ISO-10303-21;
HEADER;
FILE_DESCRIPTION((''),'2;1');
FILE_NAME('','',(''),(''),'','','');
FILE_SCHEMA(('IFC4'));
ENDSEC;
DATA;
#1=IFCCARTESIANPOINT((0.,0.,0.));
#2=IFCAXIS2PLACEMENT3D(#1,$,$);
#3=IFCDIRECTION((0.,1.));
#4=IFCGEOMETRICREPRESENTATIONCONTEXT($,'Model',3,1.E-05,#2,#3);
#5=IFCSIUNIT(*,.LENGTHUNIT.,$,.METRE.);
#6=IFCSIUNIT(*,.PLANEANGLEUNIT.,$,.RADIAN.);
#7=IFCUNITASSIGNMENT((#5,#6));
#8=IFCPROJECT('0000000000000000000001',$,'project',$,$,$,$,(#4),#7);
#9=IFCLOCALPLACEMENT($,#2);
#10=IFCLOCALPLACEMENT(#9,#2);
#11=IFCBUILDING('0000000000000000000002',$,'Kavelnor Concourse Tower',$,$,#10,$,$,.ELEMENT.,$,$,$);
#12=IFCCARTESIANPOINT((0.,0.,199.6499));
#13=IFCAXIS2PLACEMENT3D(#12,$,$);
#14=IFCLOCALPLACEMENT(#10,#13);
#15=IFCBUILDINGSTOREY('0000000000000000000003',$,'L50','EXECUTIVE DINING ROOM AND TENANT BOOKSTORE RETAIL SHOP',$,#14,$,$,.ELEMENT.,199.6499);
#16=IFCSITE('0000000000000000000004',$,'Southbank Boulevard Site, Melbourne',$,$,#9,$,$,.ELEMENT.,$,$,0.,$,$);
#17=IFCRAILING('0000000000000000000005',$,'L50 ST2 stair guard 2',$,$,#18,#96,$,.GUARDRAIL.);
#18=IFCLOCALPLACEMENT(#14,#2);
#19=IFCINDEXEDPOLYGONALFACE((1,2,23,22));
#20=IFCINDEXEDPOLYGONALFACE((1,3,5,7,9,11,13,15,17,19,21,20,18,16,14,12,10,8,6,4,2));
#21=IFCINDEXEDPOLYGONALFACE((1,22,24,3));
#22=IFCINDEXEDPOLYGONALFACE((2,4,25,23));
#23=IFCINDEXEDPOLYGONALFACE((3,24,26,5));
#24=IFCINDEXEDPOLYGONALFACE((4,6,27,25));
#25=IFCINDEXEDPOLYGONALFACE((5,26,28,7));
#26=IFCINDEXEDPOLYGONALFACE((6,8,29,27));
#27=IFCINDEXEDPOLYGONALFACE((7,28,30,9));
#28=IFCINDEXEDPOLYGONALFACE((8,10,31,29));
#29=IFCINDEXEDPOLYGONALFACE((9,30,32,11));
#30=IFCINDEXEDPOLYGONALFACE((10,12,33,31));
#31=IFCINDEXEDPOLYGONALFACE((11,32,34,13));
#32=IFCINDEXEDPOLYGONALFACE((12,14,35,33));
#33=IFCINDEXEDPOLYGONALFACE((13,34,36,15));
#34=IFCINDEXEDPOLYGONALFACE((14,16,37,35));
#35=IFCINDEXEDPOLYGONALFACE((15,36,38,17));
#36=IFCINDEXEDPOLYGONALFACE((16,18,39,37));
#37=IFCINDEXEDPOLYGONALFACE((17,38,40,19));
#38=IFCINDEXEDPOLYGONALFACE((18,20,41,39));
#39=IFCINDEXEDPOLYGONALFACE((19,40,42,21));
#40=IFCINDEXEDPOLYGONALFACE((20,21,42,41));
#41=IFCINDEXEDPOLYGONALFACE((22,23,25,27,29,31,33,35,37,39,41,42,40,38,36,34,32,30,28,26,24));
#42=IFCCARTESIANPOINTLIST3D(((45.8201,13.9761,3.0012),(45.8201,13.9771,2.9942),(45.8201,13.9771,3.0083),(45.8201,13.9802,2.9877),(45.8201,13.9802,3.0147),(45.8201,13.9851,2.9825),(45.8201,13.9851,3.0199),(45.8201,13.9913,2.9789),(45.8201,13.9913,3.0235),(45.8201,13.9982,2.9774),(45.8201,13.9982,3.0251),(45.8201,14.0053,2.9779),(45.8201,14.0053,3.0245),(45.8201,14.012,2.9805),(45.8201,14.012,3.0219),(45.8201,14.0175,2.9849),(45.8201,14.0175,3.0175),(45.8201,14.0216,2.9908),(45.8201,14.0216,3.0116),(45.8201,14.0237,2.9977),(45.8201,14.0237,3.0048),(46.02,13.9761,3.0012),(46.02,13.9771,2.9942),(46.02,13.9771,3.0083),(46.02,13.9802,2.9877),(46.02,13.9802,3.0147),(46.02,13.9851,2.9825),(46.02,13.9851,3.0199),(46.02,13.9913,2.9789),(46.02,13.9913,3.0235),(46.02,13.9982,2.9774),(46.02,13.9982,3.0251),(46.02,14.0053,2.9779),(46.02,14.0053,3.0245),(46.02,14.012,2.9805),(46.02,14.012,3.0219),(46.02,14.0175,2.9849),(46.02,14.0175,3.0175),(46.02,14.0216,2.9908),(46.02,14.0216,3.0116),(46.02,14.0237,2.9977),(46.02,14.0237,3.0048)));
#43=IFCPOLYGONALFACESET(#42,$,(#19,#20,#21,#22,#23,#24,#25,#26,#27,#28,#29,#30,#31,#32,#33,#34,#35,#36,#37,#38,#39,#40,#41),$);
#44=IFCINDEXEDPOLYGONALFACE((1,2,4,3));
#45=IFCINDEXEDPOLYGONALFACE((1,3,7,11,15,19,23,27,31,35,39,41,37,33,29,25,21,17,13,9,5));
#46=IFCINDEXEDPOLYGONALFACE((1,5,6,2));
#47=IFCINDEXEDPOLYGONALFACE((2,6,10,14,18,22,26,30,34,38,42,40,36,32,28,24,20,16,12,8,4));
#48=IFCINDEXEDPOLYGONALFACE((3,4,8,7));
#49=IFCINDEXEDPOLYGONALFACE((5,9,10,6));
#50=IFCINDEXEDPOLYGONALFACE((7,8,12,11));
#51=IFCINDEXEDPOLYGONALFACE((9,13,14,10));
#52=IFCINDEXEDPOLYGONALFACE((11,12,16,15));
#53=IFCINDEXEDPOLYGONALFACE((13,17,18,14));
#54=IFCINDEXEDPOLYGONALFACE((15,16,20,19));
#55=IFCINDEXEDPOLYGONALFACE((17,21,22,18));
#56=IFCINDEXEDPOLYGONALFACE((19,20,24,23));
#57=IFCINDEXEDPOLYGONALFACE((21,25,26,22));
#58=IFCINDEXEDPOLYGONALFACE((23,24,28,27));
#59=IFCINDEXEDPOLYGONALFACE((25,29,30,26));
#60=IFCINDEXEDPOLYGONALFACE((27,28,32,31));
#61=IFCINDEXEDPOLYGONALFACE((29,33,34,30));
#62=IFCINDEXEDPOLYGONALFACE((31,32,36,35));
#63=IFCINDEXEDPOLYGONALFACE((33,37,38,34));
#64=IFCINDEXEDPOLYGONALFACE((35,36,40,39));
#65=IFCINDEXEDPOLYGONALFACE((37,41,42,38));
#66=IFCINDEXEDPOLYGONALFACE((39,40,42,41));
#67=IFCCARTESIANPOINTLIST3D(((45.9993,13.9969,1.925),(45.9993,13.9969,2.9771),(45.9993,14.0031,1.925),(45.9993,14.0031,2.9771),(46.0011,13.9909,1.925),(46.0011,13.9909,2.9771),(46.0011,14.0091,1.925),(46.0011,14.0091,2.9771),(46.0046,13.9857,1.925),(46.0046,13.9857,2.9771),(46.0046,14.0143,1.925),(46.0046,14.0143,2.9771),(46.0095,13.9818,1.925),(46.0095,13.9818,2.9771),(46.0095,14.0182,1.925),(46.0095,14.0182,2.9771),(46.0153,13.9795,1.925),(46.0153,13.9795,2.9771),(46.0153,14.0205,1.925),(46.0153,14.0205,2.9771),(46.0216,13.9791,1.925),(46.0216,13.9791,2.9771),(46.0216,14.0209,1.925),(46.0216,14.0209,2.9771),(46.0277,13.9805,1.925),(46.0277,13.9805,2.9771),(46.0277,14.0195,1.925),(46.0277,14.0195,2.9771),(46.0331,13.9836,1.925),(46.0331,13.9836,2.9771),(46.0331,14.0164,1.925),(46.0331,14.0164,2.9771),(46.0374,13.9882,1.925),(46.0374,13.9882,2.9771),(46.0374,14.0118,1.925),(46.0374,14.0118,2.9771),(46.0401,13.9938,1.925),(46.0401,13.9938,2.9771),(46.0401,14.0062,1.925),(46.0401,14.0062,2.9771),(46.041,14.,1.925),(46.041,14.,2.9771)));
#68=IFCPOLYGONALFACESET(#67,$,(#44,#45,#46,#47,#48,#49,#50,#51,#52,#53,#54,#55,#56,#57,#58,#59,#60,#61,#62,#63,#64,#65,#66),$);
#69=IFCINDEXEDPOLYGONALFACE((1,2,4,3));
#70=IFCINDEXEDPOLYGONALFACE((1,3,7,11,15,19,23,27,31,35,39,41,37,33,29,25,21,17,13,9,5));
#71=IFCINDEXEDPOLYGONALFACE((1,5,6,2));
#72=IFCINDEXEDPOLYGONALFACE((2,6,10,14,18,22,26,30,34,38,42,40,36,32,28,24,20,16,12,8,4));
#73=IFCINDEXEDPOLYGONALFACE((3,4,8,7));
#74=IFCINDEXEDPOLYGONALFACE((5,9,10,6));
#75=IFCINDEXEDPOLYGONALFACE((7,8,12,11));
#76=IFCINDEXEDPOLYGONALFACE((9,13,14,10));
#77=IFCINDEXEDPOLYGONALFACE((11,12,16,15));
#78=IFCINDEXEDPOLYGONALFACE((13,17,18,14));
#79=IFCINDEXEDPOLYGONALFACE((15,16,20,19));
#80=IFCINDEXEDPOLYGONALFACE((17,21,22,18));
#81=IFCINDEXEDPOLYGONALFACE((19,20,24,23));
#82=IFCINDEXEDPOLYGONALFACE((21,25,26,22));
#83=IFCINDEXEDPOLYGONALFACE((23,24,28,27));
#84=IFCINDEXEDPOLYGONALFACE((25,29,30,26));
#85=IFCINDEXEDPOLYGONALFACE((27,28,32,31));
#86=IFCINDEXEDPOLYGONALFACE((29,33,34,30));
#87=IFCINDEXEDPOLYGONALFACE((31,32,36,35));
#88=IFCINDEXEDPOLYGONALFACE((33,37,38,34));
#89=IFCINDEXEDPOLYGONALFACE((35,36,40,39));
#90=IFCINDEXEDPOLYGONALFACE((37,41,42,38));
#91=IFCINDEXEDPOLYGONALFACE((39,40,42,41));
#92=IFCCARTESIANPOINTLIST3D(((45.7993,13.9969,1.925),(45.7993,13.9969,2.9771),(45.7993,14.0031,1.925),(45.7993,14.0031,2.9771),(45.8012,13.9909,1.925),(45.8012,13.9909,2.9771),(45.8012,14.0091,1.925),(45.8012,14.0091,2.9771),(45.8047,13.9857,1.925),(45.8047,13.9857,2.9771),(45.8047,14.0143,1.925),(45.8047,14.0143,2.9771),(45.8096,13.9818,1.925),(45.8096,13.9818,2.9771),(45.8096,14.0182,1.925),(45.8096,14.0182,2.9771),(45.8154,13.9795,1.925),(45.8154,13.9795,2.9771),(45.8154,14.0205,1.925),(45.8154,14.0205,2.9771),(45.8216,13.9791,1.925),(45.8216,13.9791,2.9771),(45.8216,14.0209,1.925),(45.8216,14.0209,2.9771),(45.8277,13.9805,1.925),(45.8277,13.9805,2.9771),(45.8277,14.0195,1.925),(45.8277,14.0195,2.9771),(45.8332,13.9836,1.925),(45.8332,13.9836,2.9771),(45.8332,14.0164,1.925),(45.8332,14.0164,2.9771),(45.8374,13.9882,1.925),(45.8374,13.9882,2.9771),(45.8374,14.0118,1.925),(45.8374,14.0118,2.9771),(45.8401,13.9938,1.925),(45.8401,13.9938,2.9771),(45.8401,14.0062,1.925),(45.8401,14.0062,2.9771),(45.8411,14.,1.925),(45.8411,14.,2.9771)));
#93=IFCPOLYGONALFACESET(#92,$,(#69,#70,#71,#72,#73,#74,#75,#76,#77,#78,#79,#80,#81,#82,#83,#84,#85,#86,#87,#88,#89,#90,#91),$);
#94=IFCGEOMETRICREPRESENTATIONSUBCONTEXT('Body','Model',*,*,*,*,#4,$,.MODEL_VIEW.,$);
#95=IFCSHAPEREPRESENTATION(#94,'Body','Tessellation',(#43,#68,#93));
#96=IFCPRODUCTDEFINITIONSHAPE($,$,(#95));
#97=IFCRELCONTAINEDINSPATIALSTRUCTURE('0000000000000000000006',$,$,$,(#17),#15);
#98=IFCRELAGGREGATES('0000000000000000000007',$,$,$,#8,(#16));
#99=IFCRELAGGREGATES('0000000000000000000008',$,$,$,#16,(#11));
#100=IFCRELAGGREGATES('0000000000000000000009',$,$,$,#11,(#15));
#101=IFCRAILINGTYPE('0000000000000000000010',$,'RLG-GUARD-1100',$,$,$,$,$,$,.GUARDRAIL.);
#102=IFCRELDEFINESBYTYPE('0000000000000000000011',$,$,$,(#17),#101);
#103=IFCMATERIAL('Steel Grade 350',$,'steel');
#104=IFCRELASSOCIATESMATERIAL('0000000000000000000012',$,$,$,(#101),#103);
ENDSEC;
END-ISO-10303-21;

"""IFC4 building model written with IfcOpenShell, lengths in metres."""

from ifc_helpers import new_model, si_unit, direction, frame, origin, origin_2d, place, context, subcontext, project, spatial, circle, extrude, material, type_object, element, save


model = new_model("IFC4")

# Units and contexts
model_context = context("Model", 3, precision=1e-05, world=origin(), true_north=direction((0.0, 1.0)))
body_context = subcontext(model_context, "Body", "Model", "MODEL_VIEW")
ifc_project = project(units=[si_unit("LENGTHUNIT", "METRE"), si_unit("PLANEANGLEUNIT", "RADIAN")], contexts=[model_context])

# Site, building, storey
site_placement = place(None, origin())
site = spatial("IfcSite", under=ifc_project, at=site_placement, Name="Southbank Boulevard Site, Melbourne", CompositionType="ELEMENT", RefElevation=0.0)
building_placement = place(site_placement, origin())
building = spatial("IfcBuilding", under=site, at=building_placement, Name="Kavelnor Concourse Tower", CompositionType="ELEMENT")
storey_placement = place(building_placement, frame((0.0, 0.0, 199.6499)))
storey = spatial("IfcBuildingStorey", under=building, at=storey_placement, Name="L50", Description="EXECUTIVE DINING ROOM AND TENANT BOOKSTORE RETAIL SHOP", CompositionType="ELEMENT", Elevation=199.6499)

# Shared definitions
ifc_material_1 = material(Name="Steel Grade 350", Category="steel")

# Railing
railing_type_1 = type_object("IfcRailingType", Name="RLG-GUARD-1100", PredefinedType="GUARDRAIL", material=ifc_material_1)
railing_1_placement = place(storey_placement, frame((46.02, 14.0, 1.925)))
element("IfcRailing", 1, at=railing_1_placement, inside=storey, type_object=railing_type_1, Name="L50 ST2 stair guard 2", PredefinedType="GUARDRAIL", context=body_context, shape_type="SweptSolid", body=[
    extrude(circle(Radius=0.0239, at=origin_2d()), frame((0.0, 0.0, 1.0762), z_axis=(-1.0, 0.0, 0.0), x_axis=(0.0, -1.0, 0.0)), (0.0, 0.0, 1.0), 0.2),
    extrude(circle(Radius=0.021, at=origin_2d()), origin(), (0.0, 0.0, 1.0), 1.052),
    extrude(circle(Radius=0.021, at=origin_2d()), frame((-0.2, 0.0, 0.0)), (0.0, 0.0, 1.0), 1.052),
])

save(model, "model.ifc")
